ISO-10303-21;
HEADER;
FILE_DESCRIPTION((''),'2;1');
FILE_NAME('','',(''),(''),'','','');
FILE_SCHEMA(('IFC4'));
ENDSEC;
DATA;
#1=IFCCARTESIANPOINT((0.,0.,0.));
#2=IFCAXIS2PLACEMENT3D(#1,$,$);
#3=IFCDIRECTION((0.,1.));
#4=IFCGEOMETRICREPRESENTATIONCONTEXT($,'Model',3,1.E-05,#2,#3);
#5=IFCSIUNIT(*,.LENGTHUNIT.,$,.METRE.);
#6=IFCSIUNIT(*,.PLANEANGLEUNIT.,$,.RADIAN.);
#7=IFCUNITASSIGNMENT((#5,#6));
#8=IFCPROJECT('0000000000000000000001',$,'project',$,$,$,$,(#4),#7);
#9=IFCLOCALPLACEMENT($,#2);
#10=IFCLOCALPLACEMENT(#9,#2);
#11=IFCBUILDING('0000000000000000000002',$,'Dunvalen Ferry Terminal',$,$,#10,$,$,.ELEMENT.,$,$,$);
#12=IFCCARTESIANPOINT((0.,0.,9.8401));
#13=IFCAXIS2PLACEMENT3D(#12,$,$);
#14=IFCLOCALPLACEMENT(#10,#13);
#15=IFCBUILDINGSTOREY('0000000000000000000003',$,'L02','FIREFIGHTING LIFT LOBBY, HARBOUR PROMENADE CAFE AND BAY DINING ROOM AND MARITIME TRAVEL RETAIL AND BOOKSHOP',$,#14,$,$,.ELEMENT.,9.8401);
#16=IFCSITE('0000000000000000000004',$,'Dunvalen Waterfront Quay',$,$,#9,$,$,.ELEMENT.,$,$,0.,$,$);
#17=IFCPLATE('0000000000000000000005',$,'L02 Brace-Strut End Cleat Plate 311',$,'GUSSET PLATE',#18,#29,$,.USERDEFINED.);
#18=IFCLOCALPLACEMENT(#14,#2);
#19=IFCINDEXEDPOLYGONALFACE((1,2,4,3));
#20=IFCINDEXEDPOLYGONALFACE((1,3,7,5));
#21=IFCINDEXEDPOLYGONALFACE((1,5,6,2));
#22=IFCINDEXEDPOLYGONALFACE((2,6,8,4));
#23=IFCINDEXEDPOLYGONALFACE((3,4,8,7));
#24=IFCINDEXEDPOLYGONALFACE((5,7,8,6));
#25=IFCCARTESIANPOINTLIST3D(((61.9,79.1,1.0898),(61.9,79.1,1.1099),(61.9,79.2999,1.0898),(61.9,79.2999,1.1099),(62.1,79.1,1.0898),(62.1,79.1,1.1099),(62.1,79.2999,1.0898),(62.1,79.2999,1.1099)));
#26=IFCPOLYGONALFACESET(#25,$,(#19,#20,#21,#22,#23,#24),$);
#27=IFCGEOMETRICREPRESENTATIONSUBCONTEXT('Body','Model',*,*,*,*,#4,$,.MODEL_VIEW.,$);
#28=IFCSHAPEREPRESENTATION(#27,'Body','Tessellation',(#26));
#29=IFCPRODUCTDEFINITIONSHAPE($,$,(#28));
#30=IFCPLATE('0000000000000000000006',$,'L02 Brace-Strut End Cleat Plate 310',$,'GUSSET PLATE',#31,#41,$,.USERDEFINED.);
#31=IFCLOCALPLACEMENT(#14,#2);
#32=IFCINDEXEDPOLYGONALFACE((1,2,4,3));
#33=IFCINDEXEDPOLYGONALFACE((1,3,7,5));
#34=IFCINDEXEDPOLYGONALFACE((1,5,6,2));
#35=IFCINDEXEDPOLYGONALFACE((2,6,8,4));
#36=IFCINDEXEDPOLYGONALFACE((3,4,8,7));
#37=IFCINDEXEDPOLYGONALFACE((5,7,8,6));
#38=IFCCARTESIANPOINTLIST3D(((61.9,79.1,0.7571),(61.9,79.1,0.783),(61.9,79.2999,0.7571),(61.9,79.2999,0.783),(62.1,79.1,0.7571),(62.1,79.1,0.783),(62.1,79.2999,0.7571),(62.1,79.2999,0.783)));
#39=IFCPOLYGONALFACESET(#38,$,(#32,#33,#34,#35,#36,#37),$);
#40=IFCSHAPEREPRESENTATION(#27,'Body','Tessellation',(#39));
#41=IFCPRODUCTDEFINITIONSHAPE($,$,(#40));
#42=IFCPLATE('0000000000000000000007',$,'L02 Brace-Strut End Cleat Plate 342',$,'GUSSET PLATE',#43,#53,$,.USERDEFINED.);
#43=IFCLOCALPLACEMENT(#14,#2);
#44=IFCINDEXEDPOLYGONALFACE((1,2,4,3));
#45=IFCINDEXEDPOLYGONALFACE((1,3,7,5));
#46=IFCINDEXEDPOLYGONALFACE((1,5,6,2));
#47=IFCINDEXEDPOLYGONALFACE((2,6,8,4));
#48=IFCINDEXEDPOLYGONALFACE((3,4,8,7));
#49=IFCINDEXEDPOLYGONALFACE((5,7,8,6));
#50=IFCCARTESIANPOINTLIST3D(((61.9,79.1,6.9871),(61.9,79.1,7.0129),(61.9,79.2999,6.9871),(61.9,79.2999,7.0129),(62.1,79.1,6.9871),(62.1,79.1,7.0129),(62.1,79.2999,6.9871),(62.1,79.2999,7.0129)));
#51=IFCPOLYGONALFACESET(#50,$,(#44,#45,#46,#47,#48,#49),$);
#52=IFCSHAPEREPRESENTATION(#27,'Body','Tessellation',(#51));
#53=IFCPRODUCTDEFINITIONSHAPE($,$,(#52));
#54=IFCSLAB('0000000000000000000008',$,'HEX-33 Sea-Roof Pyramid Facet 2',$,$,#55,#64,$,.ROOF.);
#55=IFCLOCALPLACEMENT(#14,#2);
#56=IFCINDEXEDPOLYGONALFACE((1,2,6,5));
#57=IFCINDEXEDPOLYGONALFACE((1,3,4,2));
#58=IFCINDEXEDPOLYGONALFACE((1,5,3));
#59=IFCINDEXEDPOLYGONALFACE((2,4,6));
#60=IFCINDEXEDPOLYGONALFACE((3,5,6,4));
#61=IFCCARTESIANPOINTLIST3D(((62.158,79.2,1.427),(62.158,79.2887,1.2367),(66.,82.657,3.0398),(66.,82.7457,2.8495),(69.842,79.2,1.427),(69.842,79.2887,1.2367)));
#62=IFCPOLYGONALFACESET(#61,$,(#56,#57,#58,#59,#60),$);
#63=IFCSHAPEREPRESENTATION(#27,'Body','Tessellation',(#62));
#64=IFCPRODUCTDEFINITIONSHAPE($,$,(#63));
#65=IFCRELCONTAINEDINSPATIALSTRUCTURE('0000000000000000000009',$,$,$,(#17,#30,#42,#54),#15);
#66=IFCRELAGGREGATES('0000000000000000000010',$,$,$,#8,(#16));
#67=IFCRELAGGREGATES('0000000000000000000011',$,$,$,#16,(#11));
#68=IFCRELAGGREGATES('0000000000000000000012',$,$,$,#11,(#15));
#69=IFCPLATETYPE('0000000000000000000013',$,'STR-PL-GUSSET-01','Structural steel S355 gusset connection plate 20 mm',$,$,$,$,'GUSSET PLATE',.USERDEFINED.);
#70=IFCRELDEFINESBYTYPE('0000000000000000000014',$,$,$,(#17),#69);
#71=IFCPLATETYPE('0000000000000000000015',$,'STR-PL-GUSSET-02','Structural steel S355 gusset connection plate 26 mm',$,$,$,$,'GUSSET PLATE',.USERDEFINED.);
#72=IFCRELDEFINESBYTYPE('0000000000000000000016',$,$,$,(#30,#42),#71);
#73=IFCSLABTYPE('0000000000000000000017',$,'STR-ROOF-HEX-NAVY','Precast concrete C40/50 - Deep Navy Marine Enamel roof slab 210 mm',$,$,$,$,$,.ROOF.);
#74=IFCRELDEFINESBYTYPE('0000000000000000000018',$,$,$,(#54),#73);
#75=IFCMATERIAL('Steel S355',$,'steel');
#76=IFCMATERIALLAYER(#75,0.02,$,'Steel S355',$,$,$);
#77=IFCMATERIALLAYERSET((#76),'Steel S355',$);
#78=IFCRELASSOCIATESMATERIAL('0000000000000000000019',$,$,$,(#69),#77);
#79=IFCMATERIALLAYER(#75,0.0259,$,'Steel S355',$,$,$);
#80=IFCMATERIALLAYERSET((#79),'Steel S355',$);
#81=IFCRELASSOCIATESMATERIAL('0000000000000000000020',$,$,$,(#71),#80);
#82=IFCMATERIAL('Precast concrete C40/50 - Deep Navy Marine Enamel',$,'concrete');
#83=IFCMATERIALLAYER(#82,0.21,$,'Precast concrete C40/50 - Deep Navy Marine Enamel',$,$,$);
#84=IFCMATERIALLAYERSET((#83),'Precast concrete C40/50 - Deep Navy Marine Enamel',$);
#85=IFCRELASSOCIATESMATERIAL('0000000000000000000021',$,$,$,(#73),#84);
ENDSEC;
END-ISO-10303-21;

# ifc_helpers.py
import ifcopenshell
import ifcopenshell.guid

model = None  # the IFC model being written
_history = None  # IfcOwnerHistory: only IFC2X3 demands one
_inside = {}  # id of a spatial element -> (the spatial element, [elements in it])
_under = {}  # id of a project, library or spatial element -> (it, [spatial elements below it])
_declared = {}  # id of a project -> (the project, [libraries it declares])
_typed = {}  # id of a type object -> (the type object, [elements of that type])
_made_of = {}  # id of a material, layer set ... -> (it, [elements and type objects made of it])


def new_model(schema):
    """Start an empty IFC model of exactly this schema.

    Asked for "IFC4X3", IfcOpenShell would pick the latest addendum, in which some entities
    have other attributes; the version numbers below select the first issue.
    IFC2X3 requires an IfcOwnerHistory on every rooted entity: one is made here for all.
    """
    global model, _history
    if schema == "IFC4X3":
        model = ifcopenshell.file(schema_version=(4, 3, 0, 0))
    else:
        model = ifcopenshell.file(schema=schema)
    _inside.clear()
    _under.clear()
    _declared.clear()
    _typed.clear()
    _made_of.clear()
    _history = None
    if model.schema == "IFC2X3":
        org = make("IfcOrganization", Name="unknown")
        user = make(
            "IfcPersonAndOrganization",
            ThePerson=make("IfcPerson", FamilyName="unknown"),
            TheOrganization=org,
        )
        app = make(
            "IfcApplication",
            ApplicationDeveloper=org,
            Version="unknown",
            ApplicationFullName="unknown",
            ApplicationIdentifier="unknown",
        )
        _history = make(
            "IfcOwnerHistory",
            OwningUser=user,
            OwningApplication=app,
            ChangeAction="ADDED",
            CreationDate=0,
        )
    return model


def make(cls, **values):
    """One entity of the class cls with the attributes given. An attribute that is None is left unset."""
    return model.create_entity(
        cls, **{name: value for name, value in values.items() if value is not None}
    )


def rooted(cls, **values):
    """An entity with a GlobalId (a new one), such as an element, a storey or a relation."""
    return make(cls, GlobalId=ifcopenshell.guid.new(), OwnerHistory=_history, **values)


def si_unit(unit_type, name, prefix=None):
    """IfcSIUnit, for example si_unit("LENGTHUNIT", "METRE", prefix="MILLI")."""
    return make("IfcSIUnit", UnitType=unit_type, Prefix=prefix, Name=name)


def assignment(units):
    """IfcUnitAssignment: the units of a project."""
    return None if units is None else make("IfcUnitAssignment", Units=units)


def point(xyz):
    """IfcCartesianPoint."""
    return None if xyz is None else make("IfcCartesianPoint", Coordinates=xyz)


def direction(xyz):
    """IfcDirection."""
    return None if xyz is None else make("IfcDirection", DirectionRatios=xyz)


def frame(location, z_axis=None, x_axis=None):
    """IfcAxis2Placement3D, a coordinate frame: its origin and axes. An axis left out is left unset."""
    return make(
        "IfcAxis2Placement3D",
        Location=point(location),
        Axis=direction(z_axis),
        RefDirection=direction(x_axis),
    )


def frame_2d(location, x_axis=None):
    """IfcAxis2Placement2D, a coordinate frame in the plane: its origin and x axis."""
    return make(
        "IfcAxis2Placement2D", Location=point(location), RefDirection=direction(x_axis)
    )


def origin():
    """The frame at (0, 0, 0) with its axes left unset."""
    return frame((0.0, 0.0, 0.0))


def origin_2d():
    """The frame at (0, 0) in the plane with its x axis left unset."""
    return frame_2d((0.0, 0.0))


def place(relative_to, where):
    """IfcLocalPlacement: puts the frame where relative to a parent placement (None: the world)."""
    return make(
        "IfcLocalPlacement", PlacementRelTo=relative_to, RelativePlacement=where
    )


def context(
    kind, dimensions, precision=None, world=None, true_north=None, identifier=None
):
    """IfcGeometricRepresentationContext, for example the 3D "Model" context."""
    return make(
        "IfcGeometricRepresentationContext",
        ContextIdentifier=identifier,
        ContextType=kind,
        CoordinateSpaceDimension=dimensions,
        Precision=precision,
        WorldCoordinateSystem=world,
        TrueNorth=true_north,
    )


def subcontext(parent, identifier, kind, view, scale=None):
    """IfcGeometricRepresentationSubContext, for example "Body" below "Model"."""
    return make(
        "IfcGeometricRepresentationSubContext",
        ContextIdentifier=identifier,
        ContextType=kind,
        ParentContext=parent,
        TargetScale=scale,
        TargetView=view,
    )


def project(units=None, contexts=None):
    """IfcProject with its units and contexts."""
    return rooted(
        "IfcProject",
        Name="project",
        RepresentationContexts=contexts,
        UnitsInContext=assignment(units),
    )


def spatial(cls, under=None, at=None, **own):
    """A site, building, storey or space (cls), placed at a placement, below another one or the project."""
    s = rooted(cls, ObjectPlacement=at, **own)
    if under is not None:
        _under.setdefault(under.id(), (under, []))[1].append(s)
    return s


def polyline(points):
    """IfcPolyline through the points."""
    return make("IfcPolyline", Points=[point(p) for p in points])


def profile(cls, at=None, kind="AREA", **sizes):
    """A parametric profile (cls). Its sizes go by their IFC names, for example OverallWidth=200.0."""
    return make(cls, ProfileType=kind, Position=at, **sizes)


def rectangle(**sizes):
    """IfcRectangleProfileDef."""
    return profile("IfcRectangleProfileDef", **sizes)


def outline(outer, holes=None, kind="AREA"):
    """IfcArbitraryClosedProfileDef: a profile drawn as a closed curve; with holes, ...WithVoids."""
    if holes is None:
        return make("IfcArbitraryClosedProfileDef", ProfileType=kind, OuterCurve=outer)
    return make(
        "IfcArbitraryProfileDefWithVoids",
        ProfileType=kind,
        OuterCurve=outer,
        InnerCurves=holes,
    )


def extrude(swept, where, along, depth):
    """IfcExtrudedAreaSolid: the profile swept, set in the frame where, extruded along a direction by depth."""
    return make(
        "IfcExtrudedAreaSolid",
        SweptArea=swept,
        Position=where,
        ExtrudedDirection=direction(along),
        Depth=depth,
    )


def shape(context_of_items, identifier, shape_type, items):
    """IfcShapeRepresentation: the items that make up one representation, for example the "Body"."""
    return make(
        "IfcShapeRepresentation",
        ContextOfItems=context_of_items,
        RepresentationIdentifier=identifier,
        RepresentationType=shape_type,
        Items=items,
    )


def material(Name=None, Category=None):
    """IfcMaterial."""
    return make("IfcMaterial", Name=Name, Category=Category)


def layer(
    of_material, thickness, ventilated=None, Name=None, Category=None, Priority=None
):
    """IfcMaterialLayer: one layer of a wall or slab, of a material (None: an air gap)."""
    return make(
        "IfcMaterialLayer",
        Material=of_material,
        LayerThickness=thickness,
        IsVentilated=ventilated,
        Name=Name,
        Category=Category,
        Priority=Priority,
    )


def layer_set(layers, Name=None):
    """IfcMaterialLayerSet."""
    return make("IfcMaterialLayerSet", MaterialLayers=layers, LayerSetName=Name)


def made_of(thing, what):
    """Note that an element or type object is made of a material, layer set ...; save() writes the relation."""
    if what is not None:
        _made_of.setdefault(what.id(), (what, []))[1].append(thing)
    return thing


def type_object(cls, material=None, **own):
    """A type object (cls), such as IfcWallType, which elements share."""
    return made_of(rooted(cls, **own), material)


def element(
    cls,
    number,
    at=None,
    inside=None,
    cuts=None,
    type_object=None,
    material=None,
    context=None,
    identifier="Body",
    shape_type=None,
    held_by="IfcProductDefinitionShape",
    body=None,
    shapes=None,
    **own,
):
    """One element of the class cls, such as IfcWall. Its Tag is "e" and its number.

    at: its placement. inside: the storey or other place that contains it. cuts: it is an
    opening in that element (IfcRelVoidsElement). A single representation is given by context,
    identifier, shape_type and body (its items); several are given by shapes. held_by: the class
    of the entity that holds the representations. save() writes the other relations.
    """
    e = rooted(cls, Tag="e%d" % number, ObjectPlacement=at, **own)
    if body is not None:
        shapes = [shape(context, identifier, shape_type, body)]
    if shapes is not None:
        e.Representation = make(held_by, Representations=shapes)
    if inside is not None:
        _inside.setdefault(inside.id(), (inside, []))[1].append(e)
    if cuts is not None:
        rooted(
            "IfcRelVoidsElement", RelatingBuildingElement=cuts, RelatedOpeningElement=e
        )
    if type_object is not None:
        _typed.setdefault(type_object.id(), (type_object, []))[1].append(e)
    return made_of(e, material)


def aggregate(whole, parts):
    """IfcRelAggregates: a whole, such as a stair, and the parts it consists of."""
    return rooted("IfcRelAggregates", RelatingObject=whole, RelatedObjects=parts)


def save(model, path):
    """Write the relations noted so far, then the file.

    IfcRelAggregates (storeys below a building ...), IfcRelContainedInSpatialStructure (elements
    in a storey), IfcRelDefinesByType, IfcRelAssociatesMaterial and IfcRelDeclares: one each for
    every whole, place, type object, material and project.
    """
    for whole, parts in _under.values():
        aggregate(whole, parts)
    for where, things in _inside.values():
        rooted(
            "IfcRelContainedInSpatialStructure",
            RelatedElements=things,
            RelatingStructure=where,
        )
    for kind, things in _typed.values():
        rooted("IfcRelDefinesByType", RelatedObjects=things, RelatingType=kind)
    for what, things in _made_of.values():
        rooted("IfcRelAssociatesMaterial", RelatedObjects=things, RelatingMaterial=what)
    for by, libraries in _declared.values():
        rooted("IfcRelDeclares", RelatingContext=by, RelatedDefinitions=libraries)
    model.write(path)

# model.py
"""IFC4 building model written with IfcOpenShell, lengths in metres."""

from ifc_helpers import new_model, si_unit, direction, frame, origin, origin_2d, place, context, subcontext, project, spatial, polyline, rectangle, outline, extrude, material, layer, layer_set, type_object, element, save


model = new_model("IFC4")

# Units and contexts
model_context = context("Model", 3, precision=1e-05, world=origin(), true_north=direction((0.0, 1.0)))
body_context = subcontext(model_context, "Body", "Model", "MODEL_VIEW")
ifc_project = project(units=[si_unit("LENGTHUNIT", "METRE"), si_unit("PLANEANGLEUNIT", "RADIAN")], contexts=[model_context])

# Site, building, storey
site_placement = place(None, origin())
site = spatial("IfcSite", under=ifc_project, at=site_placement, Name="Dunvalen Waterfront Quay", CompositionType="ELEMENT", RefElevation=0.0)
building_placement = place(site_placement, origin())
building = spatial("IfcBuilding", under=site, at=building_placement, Name="Dunvalen Ferry Terminal", CompositionType="ELEMENT")
storey_placement = place(building_placement, frame((0.0, 0.0, 9.8401)))
storey = spatial("IfcBuildingStorey", under=building, at=storey_placement, Name="L02", Description="FIREFIGHTING LIFT LOBBY, HARBOUR PROMENADE CAFE AND BAY DINING ROOM AND MARITIME TRAVEL RETAIL AND BOOKSHOP", CompositionType="ELEMENT", Elevation=9.8401)

# Shared definitions
ifc_material_1 = material(Name="Steel S355", Category="steel")

# Plates
ifc_layer_1 = layer(ifc_material_1, 0.02, Name="Steel S355")
ifc_layer_set_1 = layer_set([ifc_layer_1], Name="Steel S355")
plate_type_1 = type_object("IfcPlateType", Name="STR-PL-GUSSET-01", Description="Structural steel S355 gusset connection plate 20 mm", ElementType="GUSSET PLATE", PredefinedType="USERDEFINED", material=ifc_layer_set_1)
plate_1_placement = place(storey_placement, frame((62.0, 79.2, 1.0898), z_axis=(0.0, 0.0, 1.0), x_axis=(1.0, 0.0, 0.0)))
element("IfcPlate", 1, at=plate_1_placement, inside=storey, type_object=plate_type_1, Name="L02 Brace-Strut End Cleat Plate 311", ObjectType="GUSSET PLATE", PredefinedType="USERDEFINED", context=body_context, shape_type="SweptSolid", body=[
    extrude(rectangle(XDim=0.2, YDim=0.2, at=origin_2d()), origin(), (0.0, 0.0, 1.0), 0.02),
])
ifc_layer_2 = layer(ifc_material_1, 0.0259, Name="Steel S355")
ifc_layer_set_2 = layer_set([ifc_layer_2], Name="Steel S355")
plate_type_2 = type_object("IfcPlateType", Name="STR-PL-GUSSET-02", Description="Structural steel S355 gusset connection plate 26 mm", ElementType="GUSSET PLATE", PredefinedType="USERDEFINED", material=ifc_layer_set_2)
for number, where, z_axis, x_axis, name in (
    (2, (62.0, 79.2, 0.7571), (0.0, 0.0, 1.0), (1.0, 0.0, 0.0), "L02 Brace-Strut End Cleat Plate 310"),
    (3, (62.0, 79.2, 6.9871), (0.0, 0.0, 1.0), (1.0, 0.0, 0.0), "L02 Brace-Strut End Cleat Plate 342"),
):
    element("IfcPlate", number, at=place(storey_placement, frame(where, z_axis=z_axis, x_axis=x_axis)), inside=storey, type_object=plate_type_2, Name=name, ObjectType="GUSSET PLATE", PredefinedType="USERDEFINED", context=body_context, shape_type="SweptSolid", body=[
        extrude(rectangle(XDim=0.2, YDim=0.2, at=origin_2d()), origin(), (0.0, 0.0, 1.0), 0.0259),
    ])

# Slab
ifc_material_2 = material(Name="Precast concrete C40/50 - Deep Navy Marine Enamel", Category="concrete")
ifc_layer_3 = layer(ifc_material_2, 0.21, Name="Precast concrete C40/50 - Deep Navy Marine Enamel")
ifc_layer_set_3 = layer_set([ifc_layer_3], Name="Precast concrete C40/50 - Deep Navy Marine Enamel")
slab_type = type_object("IfcSlabType", Name="STR-ROOF-HEX-NAVY", Description="Precast concrete C40/50 - Deep Navy Marine Enamel roof slab 210 mm", PredefinedType="ROOF", material=ifc_layer_set_3)
slab_placement = place(storey_placement, frame((62.158, 79.2, 1.427), z_axis=(0.0, -0.42278, 0.906232), x_axis=(1.0, 0.0, 0.0)))
element("IfcSlab", 4, at=slab_placement, inside=storey, type_object=slab_type, Name="HEX-33 Sea-Roof Pyramid Facet 2", PredefinedType="ROOF", context=body_context, shape_type="SweptSolid", body=[
    extrude(outline(polyline([(0.0, 0.0), (7.6841, 0.0), (3.842, 3.8147), (0.0, 0.0)])), origin(), (0.0, 0.0, -1.0), 0.21),
])

save(model, "model.ifc")
